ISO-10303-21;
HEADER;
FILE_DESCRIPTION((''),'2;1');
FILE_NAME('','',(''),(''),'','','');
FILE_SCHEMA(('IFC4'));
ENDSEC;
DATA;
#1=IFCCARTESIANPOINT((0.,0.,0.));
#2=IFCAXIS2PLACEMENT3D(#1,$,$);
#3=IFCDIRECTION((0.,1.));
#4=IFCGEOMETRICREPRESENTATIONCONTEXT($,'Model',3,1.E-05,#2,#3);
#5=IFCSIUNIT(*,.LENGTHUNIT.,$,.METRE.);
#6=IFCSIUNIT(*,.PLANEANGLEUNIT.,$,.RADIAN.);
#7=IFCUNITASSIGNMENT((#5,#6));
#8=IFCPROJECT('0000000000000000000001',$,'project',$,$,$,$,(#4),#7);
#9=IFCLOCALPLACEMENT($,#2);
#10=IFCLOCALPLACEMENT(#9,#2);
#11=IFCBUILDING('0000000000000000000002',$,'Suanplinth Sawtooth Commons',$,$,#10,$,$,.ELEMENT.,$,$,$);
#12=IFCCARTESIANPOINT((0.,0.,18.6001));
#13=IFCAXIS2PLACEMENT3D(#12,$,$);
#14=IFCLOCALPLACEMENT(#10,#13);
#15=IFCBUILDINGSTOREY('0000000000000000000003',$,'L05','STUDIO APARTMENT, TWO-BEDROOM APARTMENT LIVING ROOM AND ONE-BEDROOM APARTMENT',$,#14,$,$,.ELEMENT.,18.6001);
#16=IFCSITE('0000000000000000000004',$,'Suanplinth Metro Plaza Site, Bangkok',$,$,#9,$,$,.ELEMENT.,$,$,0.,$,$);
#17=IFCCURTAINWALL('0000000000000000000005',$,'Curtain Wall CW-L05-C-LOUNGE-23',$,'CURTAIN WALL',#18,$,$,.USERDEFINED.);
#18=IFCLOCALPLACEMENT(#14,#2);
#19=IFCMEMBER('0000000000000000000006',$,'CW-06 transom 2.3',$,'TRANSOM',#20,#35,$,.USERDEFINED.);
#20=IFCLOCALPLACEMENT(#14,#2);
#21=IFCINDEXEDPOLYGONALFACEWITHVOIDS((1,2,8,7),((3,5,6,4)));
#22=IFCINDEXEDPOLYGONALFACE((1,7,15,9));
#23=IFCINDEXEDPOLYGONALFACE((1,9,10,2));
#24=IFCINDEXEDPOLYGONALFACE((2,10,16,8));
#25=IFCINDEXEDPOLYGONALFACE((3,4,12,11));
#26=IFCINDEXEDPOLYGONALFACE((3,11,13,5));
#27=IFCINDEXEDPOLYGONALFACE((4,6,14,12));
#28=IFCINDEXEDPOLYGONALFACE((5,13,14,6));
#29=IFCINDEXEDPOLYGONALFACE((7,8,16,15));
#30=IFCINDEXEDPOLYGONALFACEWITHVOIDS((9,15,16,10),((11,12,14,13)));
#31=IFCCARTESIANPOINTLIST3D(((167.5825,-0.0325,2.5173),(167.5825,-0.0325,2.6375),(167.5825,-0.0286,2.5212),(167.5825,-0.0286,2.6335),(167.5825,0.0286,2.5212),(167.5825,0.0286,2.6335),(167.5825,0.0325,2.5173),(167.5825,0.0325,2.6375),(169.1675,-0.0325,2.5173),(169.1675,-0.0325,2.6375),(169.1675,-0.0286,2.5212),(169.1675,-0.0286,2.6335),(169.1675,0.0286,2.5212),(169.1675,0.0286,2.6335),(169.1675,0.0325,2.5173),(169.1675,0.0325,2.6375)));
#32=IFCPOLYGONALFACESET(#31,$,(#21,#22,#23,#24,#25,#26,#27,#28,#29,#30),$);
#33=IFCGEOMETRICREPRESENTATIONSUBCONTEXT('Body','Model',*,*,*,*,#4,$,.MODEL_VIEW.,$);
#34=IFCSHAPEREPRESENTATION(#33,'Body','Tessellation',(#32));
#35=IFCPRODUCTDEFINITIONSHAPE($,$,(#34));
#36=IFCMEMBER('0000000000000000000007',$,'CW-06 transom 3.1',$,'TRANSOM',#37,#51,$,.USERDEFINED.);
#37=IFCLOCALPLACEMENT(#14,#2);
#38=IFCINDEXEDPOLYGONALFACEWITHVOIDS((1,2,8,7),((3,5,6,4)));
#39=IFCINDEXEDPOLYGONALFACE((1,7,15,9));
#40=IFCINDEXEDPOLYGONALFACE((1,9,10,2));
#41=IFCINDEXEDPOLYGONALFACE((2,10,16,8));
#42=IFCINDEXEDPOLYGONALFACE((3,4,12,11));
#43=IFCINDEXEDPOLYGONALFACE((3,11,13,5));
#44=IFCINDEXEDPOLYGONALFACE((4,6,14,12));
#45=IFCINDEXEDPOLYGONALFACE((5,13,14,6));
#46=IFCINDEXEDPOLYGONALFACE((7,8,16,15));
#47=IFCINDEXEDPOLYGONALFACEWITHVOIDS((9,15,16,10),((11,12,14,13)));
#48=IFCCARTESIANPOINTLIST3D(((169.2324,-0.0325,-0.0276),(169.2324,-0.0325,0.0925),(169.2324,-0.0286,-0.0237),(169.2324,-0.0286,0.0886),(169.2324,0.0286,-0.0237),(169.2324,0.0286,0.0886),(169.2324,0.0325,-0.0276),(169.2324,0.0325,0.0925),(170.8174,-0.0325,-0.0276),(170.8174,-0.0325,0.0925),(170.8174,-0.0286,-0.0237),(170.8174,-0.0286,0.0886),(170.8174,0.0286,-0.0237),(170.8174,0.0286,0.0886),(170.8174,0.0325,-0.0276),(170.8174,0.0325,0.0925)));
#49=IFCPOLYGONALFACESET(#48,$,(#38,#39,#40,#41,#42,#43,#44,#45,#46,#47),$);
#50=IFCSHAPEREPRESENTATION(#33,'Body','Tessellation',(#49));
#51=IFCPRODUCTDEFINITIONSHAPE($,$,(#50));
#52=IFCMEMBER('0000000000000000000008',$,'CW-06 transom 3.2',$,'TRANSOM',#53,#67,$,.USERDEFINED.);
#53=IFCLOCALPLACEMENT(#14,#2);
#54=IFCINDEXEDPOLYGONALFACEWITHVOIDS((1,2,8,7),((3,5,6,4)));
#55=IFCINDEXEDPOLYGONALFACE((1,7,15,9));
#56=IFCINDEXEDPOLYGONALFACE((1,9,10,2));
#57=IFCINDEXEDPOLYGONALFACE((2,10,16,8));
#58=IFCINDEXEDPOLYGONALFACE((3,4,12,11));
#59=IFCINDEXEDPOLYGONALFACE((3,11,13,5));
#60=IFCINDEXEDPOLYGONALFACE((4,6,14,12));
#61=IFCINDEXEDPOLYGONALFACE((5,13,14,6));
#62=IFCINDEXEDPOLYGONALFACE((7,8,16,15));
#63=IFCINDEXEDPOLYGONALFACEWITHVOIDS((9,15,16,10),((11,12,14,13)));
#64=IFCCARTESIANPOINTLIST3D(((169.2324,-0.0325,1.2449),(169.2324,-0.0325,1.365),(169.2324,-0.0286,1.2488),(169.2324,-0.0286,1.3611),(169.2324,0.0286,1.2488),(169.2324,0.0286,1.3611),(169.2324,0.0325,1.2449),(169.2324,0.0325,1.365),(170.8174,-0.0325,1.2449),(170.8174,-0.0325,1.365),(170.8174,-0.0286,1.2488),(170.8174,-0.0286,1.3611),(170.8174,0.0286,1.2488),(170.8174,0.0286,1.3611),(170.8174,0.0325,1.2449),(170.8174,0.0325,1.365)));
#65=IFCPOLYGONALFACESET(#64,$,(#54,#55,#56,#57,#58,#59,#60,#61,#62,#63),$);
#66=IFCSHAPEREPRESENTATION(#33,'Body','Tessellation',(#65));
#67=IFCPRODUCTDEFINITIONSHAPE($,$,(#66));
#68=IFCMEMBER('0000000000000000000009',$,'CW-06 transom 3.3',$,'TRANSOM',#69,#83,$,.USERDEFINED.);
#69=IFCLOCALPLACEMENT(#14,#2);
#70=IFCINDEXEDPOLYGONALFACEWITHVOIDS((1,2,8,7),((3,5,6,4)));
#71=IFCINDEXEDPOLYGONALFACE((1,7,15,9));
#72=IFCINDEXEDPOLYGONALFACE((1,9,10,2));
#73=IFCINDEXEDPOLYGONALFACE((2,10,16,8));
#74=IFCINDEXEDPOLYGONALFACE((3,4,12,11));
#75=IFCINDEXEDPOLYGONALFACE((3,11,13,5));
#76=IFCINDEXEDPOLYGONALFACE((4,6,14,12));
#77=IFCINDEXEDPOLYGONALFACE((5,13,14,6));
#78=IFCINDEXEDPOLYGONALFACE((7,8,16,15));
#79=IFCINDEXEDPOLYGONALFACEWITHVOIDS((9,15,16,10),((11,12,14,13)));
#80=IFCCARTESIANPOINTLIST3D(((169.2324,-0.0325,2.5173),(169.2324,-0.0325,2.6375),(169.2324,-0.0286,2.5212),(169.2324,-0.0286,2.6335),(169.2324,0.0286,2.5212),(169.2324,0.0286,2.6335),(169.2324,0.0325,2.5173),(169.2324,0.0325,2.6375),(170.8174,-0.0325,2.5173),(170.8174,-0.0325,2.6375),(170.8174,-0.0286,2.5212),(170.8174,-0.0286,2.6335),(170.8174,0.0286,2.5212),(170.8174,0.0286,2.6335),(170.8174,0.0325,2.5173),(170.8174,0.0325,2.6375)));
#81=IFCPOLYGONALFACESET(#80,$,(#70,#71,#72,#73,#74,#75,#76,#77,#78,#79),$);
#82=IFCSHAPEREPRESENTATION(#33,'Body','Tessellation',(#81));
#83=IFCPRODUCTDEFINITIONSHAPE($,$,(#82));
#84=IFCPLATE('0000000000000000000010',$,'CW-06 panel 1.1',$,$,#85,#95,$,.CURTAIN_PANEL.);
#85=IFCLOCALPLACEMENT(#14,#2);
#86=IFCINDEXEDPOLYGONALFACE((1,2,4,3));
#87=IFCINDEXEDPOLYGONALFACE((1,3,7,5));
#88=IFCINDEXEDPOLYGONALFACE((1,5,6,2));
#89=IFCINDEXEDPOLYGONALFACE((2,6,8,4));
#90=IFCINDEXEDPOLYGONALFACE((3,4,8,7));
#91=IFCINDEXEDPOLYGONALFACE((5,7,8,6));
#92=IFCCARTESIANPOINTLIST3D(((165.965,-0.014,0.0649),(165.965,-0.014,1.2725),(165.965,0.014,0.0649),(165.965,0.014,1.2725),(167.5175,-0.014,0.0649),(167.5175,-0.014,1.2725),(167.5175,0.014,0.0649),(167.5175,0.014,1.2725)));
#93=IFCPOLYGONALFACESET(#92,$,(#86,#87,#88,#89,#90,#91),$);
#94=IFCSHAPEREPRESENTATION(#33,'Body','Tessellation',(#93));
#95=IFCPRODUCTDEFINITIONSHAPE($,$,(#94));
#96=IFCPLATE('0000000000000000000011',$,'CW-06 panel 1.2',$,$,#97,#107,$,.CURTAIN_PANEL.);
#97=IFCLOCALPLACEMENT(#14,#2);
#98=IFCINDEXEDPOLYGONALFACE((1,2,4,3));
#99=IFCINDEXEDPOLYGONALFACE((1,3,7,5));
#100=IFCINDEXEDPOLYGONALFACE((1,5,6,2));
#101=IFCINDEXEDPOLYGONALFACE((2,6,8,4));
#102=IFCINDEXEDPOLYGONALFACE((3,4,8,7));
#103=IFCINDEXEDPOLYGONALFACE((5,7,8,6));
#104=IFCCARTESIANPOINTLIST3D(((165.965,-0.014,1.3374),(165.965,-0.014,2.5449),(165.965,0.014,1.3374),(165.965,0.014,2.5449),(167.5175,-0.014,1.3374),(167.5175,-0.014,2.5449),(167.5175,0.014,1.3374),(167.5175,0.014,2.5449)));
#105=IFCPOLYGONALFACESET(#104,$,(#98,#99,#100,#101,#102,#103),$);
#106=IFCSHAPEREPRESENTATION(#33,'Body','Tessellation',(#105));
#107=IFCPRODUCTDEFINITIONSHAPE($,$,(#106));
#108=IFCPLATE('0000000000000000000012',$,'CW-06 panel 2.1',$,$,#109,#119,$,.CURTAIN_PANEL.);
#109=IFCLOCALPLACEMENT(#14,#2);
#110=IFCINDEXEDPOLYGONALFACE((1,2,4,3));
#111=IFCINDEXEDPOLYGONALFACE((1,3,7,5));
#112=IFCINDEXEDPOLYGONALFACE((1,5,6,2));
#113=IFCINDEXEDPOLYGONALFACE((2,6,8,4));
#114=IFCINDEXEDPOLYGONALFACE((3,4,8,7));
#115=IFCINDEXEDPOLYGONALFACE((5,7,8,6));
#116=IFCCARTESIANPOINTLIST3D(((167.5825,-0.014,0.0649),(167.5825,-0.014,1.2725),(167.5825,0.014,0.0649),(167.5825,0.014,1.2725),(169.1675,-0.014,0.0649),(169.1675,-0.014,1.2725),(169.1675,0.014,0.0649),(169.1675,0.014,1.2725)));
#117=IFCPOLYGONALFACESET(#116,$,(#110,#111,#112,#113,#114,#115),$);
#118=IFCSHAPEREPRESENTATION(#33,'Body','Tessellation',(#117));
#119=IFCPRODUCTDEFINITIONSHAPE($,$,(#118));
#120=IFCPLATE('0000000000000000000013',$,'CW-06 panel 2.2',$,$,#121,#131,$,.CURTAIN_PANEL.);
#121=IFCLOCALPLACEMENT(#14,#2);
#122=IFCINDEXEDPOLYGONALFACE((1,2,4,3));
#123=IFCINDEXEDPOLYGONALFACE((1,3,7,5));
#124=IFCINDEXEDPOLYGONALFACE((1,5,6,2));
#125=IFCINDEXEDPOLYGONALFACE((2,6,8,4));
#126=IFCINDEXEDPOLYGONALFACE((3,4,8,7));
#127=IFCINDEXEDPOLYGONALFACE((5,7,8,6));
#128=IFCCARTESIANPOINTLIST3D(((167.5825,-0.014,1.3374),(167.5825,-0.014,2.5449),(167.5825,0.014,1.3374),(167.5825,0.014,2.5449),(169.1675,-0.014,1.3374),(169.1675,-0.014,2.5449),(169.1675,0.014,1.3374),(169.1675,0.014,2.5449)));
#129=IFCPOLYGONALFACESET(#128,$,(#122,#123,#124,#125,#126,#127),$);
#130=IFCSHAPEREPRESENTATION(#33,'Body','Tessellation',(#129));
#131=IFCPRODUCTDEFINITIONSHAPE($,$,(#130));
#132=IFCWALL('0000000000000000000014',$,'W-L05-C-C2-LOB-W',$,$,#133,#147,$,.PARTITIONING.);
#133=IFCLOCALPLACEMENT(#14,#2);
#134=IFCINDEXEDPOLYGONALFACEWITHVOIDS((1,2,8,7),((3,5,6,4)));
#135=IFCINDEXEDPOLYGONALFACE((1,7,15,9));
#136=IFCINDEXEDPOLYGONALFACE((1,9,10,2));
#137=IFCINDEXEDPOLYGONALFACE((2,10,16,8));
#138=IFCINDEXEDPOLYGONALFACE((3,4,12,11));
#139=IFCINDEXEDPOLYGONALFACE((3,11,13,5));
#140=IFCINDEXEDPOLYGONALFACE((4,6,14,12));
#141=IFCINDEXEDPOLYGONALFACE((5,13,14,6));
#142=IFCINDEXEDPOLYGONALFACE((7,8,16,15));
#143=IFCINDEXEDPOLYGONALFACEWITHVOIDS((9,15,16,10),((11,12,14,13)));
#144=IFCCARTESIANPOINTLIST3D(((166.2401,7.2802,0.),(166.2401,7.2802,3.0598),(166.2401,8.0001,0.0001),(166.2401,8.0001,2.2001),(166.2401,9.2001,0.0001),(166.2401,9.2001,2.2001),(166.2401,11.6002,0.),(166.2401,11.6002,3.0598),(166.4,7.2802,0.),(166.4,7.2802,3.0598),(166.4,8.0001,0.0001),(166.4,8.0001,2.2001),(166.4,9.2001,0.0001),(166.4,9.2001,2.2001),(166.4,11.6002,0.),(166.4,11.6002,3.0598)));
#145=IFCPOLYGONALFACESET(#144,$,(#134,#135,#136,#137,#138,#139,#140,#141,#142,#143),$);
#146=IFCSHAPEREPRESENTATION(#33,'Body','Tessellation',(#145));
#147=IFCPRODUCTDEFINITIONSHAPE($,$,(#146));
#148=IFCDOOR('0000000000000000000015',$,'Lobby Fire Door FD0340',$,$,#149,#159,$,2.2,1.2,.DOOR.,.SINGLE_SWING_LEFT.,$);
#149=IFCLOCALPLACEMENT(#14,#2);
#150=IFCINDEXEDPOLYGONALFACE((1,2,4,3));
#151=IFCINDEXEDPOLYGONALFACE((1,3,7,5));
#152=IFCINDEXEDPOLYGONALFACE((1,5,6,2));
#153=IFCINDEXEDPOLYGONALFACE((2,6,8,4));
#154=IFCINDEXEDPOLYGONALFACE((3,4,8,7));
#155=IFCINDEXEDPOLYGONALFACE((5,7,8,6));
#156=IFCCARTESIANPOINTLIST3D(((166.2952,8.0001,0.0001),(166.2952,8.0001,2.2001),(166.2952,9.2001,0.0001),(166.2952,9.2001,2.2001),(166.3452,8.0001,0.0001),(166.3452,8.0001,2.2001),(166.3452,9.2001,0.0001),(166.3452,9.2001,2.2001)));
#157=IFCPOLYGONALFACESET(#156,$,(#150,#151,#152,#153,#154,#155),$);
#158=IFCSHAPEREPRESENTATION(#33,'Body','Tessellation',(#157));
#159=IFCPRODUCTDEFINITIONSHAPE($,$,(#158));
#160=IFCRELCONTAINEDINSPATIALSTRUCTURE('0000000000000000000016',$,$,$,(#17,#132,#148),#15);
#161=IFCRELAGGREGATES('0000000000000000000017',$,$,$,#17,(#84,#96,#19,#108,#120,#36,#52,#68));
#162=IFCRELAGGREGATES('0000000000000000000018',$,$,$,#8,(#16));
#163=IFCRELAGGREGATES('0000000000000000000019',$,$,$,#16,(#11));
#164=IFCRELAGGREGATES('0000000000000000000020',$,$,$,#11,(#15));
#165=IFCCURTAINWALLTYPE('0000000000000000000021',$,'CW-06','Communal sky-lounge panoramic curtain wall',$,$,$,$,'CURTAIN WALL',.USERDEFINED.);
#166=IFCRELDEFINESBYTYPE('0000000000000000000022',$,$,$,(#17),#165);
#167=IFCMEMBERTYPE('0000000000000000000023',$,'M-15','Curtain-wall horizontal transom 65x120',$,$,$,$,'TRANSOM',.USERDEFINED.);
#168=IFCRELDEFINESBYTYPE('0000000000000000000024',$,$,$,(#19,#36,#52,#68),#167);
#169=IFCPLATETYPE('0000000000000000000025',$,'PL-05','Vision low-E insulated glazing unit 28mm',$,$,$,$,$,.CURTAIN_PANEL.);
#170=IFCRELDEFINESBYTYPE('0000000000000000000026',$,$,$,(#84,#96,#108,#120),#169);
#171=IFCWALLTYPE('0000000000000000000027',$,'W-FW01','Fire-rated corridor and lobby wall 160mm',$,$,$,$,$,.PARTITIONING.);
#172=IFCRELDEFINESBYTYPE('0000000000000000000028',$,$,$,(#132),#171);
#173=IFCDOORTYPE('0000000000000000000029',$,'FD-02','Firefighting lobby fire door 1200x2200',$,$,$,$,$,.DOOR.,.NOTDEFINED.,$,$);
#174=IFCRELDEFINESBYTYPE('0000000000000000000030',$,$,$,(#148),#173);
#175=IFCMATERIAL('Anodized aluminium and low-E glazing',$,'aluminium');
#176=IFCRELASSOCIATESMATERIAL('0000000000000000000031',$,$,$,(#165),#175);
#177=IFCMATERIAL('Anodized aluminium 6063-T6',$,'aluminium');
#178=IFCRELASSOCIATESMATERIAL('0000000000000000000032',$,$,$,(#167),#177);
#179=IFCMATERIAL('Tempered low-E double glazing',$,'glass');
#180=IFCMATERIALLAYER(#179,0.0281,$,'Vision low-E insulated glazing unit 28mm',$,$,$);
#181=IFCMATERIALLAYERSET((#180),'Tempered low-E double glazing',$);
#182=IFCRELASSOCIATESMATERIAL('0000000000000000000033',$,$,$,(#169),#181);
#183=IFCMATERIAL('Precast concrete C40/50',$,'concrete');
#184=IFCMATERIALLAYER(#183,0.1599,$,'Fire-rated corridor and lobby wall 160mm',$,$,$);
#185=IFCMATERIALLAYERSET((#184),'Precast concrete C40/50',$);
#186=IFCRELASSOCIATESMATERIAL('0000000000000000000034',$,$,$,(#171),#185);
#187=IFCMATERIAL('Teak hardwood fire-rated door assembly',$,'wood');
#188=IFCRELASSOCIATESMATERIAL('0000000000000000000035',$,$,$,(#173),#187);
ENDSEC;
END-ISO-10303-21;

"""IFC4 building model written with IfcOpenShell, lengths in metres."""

from ifc_helpers import new_model, si_unit, direction, frame, frame_2d, origin, origin_2d, place, context, subcontext, project, spatial, rectangle, hollow_rectangle, extrude, material, layer, layer_set, material_profile, profile_set, type_object, element, fill, aggregate, save


model = new_model("IFC4")

# Units and contexts
model_context = context("Model", 3, precision=1e-05, world=origin(), true_north=direction((0.0, 1.0)))
body_context = subcontext(model_context, "Body", "Model", "MODEL_VIEW")
ifc_project = project(units=[si_unit("LENGTHUNIT", "METRE"), si_unit("PLANEANGLEUNIT", "RADIAN")], contexts=[model_context])

# Site, building, storey
site_placement = place(None, origin())
site = spatial("IfcSite", under=ifc_project, at=site_placement, Name="Suanplinth Metro Plaza Site, Bangkok", CompositionType="ELEMENT", RefElevation=0.0)
building_placement = place(site_placement, origin())
building = spatial("IfcBuilding", under=site, at=building_placement, Name="Suanplinth Sawtooth Commons", CompositionType="ELEMENT")
storey_placement = place(building_placement, frame((0.0, 0.0, 18.6001)))
storey = spatial("IfcBuildingStorey", under=building, at=storey_placement, Name="L05", Description="STUDIO APARTMENT, TWO-BEDROOM APARTMENT LIVING ROOM AND ONE-BEDROOM APARTMENT", CompositionType="ELEMENT", Elevation=18.6001)

# Shared definitions
ifc_material_1 = material(Name="Precast concrete C40/50", Category="concrete")

# Curtain wall, members, plates
ifc_material_2 = material(Name="Anodized aluminium and low-E glazing", Category="aluminium")
curtain_wall_type = type_object("IfcCurtainWallType", Name="CW-06", Description="Communal sky-lounge panoramic curtain wall", ElementType="CURTAIN WALL", PredefinedType="USERDEFINED", material=ifc_material_2)
curtain_wall_placement = place(storey_placement, origin())
curtain_wall = element("IfcCurtainWall", 1, at=curtain_wall_placement, inside=storey, type_object=curtain_wall_type, Name="Curtain Wall CW-L05-C-LOUNGE-23", ObjectType="CURTAIN WALL", PredefinedType="USERDEFINED")
ifc_material_3 = material(Name="Anodized aluminium 6063-T6", Category="aluminium")
ifc_material_profile_1 = material_profile(ifc_material_3, hollow_rectangle(XDim=0.0649, YDim=0.1201, WallThickness=0.0039, at=origin_2d()), Name="ALU-TRN 65x120")
ifc_profile_set_1 = profile_set([ifc_material_profile_1], Name="Anodized aluminium 6063-T6")
member_type_1 = type_object("IfcMemberType", Name="M-15", Description="Curtain-wall horizontal transom 65x120", ElementType="TRANSOM", PredefinedType="USERDEFINED", material=ifc_profile_set_1)
member_1_placement = place(storey_placement, frame((167.5825, 0.0, 2.5774), z_axis=(1.0, 0.0, 0.0), x_axis=(0.0, 1.0, 0.0)))
member_1 = element("IfcMember", 2, at=member_1_placement, type_object=member_type_1, Name="CW-06 transom 2.3", ObjectType="TRANSOM", PredefinedType="USERDEFINED", context=body_context, shape_type="SweptSolid", body=[
    extrude(hollow_rectangle(XDim=0.0649, YDim=0.1201, WallThickness=0.0039, at=origin_2d()), origin(), (0.0, 0.0, 1.0), 1.585),
])
member_2_placement = place(storey_placement, frame((169.2324, 0.0, 0.0325), z_axis=(1.0, 0.0, 0.0), x_axis=(0.0, 1.0, 0.0)))
member_2 = element("IfcMember", 3, at=member_2_placement, type_object=member_type_1, Name="CW-06 transom 3.1", ObjectType="TRANSOM", PredefinedType="USERDEFINED", context=body_context, shape_type="SweptSolid", body=[
    extrude(hollow_rectangle(XDim=0.0649, YDim=0.1201, WallThickness=0.0039, at=origin_2d()), origin(), (0.0, 0.0, 1.0), 1.585),
])
member_3_placement = place(storey_placement, frame((169.2324, 0.0, 1.3049), z_axis=(1.0, 0.0, 0.0), x_axis=(0.0, 1.0, 0.0)))
member_3 = element("IfcMember", 4, at=member_3_placement, type_object=member_type_1, Name="CW-06 transom 3.2", ObjectType="TRANSOM", PredefinedType="USERDEFINED", context=body_context, shape_type="SweptSolid", body=[
    extrude(hollow_rectangle(XDim=0.0649, YDim=0.1201, WallThickness=0.0039, at=origin_2d()), origin(), (0.0, 0.0, 1.0), 1.585),
])
member_4_placement = place(storey_placement, frame((169.2324, 0.0, 2.5774), z_axis=(1.0, 0.0, 0.0), x_axis=(0.0, 1.0, 0.0)))
member_4 = element("IfcMember", 5, at=member_4_placement, type_object=member_type_1, Name="CW-06 transom 3.3", ObjectType="TRANSOM", PredefinedType="USERDEFINED", context=body_context, shape_type="SweptSolid", body=[
    extrude(hollow_rectangle(XDim=0.0649, YDim=0.1201, WallThickness=0.0039, at=origin_2d()), origin(), (0.0, 0.0, 1.0), 1.585),
])
ifc_material_4 = material(Name="Tempered low-E double glazing", Category="glass")
ifc_layer_1 = layer(ifc_material_4, 0.0281, Name="Vision low-E insulated glazing unit 28mm")
ifc_layer_set_1 = layer_set([ifc_layer_1], Name="Tempered low-E double glazing")
plate_type = type_object("IfcPlateType", Name="PL-05", Description="Vision low-E insulated glazing unit 28mm", PredefinedType="CURTAIN_PANEL", material=ifc_layer_set_1)
plate_1_placement = place(storey_placement, frame((166.7412, 0.0, 0.0649), z_axis=(0.0, 0.0, 1.0), x_axis=(1.0, 0.0, 0.0)))
plate_1 = element("IfcPlate", 6, at=plate_1_placement, type_object=plate_type, Name="CW-06 panel 1.1", PredefinedType="CURTAIN_PANEL", context=body_context, shape_type="SweptSolid", body=[
    extrude(rectangle(XDim=1.5525, YDim=0.0281, at=origin_2d()), origin(), (0.0, 0.0, 1.0), 1.2075),
])
plate_2_placement = place(storey_placement, frame((166.7412, 0.0, 1.3374), z_axis=(0.0, 0.0, 1.0), x_axis=(1.0, 0.0, 0.0)))
plate_2 = element("IfcPlate", 7, at=plate_2_placement, type_object=plate_type, Name="CW-06 panel 1.2", PredefinedType="CURTAIN_PANEL", context=body_context, shape_type="SweptSolid", body=[
    extrude(rectangle(XDim=1.5525, YDim=0.0281, at=origin_2d()), origin(), (0.0, 0.0, 1.0), 1.2075),
])
plate_3_placement = place(storey_placement, frame((168.375, 0.0, 0.0649), z_axis=(0.0, 0.0, 1.0), x_axis=(1.0, 0.0, 0.0)))
plate_3 = element("IfcPlate", 8, at=plate_3_placement, type_object=plate_type, Name="CW-06 panel 2.1", PredefinedType="CURTAIN_PANEL", context=body_context, shape_type="SweptSolid", body=[
    extrude(rectangle(XDim=1.585, YDim=0.0281, at=origin_2d()), origin(), (0.0, 0.0, 1.0), 1.2075),
])
plate_4_placement = place(storey_placement, frame((168.375, 0.0, 1.3374), z_axis=(0.0, 0.0, 1.0), x_axis=(1.0, 0.0, 0.0)))
plate_4 = element("IfcPlate", 9, at=plate_4_placement, type_object=plate_type, Name="CW-06 panel 2.2", PredefinedType="CURTAIN_PANEL", context=body_context, shape_type="SweptSolid", body=[
    extrude(rectangle(XDim=1.585, YDim=0.0281, at=origin_2d()), origin(), (0.0, 0.0, 1.0), 1.2075),
])
aggregate(curtain_wall, [plate_1, plate_2, member_1, plate_3, plate_4, member_2, member_3, member_4])

# Wall, opening, door
ifc_layer_2 = layer(ifc_material_1, 0.1599, Name="Fire-rated corridor and lobby wall 160mm")
ifc_layer_set_2 = layer_set([ifc_layer_2], Name="Precast concrete C40/50")
wall_type_1 = type_object("IfcWallType", Name="W-FW01", Description="Fire-rated corridor and lobby wall 160mm", PredefinedType="PARTITIONING", material=ifc_layer_set_2)
wall_1_placement = place(storey_placement, frame((166.3201, 7.28, 0.0), z_axis=(0.0, 0.0, 1.0), x_axis=(0.0, 1.0, 0.0)))
wall_1 = element("IfcWall", 10, at=wall_1_placement, inside=storey, type_object=wall_type_1, Name="W-L05-C-C2-LOB-W", PredefinedType="PARTITIONING", context=body_context, shape_type="SweptSolid", body=[
    extrude(rectangle(XDim=4.3201, YDim=0.1599, at=frame_2d((2.1602, 0.0))), origin(), (0.0, 0.0, 1.0), 3.0598),
])
opening_1_placement = place(wall_1_placement, frame((0.72, 0.0, 0.0)))
opening_1 = element("IfcOpeningElement", 11, at=opening_1_placement, cuts=wall_1, PredefinedType="OPENING", context=body_context, shape_type="SweptSolid", body=[
    extrude(rectangle(XDim=1.2, YDim=2.2, at=frame_2d((0.6001, 1.1001))), frame((0.0, 0.0947, 0.0), z_axis=(0.0, -1.0, 0.0), x_axis=(1.0, 0.0, 0.0)), (0.0, 0.0, 1.0), 0.1897),
])
ifc_material_5 = material(Name="Teak hardwood fire-rated door assembly", Category="wood")
door_type_1 = type_object("IfcDoorType", Name="FD-02", Description="Firefighting lobby fire door 1200x2200", OperationType="NOTDEFINED", PredefinedType="DOOR", material=ifc_material_5)
door_1_placement = place(opening_1_placement, origin())
door_1 = element("IfcDoor", 12, at=door_1_placement, inside=storey, type_object=door_type_1, Name="Lobby Fire Door FD0340", OperationType="SINGLE_SWING_LEFT", OverallHeight=2.2, OverallWidth=1.2, PredefinedType="DOOR", context=body_context, shape_type="SweptSolid", body=[
    extrude(rectangle(XDim=1.2, YDim=2.2, at=frame_2d((0.6001, 1.1001))), frame((0.0, 0.0249, 0.0), z_axis=(0.0, -1.0, 0.0), x_axis=(1.0, 0.0, 0.0)), (0.0, 0.0, 1.0), 0.05),
])
fill(opening_1, door_1)

save(model, "model.ifc")
